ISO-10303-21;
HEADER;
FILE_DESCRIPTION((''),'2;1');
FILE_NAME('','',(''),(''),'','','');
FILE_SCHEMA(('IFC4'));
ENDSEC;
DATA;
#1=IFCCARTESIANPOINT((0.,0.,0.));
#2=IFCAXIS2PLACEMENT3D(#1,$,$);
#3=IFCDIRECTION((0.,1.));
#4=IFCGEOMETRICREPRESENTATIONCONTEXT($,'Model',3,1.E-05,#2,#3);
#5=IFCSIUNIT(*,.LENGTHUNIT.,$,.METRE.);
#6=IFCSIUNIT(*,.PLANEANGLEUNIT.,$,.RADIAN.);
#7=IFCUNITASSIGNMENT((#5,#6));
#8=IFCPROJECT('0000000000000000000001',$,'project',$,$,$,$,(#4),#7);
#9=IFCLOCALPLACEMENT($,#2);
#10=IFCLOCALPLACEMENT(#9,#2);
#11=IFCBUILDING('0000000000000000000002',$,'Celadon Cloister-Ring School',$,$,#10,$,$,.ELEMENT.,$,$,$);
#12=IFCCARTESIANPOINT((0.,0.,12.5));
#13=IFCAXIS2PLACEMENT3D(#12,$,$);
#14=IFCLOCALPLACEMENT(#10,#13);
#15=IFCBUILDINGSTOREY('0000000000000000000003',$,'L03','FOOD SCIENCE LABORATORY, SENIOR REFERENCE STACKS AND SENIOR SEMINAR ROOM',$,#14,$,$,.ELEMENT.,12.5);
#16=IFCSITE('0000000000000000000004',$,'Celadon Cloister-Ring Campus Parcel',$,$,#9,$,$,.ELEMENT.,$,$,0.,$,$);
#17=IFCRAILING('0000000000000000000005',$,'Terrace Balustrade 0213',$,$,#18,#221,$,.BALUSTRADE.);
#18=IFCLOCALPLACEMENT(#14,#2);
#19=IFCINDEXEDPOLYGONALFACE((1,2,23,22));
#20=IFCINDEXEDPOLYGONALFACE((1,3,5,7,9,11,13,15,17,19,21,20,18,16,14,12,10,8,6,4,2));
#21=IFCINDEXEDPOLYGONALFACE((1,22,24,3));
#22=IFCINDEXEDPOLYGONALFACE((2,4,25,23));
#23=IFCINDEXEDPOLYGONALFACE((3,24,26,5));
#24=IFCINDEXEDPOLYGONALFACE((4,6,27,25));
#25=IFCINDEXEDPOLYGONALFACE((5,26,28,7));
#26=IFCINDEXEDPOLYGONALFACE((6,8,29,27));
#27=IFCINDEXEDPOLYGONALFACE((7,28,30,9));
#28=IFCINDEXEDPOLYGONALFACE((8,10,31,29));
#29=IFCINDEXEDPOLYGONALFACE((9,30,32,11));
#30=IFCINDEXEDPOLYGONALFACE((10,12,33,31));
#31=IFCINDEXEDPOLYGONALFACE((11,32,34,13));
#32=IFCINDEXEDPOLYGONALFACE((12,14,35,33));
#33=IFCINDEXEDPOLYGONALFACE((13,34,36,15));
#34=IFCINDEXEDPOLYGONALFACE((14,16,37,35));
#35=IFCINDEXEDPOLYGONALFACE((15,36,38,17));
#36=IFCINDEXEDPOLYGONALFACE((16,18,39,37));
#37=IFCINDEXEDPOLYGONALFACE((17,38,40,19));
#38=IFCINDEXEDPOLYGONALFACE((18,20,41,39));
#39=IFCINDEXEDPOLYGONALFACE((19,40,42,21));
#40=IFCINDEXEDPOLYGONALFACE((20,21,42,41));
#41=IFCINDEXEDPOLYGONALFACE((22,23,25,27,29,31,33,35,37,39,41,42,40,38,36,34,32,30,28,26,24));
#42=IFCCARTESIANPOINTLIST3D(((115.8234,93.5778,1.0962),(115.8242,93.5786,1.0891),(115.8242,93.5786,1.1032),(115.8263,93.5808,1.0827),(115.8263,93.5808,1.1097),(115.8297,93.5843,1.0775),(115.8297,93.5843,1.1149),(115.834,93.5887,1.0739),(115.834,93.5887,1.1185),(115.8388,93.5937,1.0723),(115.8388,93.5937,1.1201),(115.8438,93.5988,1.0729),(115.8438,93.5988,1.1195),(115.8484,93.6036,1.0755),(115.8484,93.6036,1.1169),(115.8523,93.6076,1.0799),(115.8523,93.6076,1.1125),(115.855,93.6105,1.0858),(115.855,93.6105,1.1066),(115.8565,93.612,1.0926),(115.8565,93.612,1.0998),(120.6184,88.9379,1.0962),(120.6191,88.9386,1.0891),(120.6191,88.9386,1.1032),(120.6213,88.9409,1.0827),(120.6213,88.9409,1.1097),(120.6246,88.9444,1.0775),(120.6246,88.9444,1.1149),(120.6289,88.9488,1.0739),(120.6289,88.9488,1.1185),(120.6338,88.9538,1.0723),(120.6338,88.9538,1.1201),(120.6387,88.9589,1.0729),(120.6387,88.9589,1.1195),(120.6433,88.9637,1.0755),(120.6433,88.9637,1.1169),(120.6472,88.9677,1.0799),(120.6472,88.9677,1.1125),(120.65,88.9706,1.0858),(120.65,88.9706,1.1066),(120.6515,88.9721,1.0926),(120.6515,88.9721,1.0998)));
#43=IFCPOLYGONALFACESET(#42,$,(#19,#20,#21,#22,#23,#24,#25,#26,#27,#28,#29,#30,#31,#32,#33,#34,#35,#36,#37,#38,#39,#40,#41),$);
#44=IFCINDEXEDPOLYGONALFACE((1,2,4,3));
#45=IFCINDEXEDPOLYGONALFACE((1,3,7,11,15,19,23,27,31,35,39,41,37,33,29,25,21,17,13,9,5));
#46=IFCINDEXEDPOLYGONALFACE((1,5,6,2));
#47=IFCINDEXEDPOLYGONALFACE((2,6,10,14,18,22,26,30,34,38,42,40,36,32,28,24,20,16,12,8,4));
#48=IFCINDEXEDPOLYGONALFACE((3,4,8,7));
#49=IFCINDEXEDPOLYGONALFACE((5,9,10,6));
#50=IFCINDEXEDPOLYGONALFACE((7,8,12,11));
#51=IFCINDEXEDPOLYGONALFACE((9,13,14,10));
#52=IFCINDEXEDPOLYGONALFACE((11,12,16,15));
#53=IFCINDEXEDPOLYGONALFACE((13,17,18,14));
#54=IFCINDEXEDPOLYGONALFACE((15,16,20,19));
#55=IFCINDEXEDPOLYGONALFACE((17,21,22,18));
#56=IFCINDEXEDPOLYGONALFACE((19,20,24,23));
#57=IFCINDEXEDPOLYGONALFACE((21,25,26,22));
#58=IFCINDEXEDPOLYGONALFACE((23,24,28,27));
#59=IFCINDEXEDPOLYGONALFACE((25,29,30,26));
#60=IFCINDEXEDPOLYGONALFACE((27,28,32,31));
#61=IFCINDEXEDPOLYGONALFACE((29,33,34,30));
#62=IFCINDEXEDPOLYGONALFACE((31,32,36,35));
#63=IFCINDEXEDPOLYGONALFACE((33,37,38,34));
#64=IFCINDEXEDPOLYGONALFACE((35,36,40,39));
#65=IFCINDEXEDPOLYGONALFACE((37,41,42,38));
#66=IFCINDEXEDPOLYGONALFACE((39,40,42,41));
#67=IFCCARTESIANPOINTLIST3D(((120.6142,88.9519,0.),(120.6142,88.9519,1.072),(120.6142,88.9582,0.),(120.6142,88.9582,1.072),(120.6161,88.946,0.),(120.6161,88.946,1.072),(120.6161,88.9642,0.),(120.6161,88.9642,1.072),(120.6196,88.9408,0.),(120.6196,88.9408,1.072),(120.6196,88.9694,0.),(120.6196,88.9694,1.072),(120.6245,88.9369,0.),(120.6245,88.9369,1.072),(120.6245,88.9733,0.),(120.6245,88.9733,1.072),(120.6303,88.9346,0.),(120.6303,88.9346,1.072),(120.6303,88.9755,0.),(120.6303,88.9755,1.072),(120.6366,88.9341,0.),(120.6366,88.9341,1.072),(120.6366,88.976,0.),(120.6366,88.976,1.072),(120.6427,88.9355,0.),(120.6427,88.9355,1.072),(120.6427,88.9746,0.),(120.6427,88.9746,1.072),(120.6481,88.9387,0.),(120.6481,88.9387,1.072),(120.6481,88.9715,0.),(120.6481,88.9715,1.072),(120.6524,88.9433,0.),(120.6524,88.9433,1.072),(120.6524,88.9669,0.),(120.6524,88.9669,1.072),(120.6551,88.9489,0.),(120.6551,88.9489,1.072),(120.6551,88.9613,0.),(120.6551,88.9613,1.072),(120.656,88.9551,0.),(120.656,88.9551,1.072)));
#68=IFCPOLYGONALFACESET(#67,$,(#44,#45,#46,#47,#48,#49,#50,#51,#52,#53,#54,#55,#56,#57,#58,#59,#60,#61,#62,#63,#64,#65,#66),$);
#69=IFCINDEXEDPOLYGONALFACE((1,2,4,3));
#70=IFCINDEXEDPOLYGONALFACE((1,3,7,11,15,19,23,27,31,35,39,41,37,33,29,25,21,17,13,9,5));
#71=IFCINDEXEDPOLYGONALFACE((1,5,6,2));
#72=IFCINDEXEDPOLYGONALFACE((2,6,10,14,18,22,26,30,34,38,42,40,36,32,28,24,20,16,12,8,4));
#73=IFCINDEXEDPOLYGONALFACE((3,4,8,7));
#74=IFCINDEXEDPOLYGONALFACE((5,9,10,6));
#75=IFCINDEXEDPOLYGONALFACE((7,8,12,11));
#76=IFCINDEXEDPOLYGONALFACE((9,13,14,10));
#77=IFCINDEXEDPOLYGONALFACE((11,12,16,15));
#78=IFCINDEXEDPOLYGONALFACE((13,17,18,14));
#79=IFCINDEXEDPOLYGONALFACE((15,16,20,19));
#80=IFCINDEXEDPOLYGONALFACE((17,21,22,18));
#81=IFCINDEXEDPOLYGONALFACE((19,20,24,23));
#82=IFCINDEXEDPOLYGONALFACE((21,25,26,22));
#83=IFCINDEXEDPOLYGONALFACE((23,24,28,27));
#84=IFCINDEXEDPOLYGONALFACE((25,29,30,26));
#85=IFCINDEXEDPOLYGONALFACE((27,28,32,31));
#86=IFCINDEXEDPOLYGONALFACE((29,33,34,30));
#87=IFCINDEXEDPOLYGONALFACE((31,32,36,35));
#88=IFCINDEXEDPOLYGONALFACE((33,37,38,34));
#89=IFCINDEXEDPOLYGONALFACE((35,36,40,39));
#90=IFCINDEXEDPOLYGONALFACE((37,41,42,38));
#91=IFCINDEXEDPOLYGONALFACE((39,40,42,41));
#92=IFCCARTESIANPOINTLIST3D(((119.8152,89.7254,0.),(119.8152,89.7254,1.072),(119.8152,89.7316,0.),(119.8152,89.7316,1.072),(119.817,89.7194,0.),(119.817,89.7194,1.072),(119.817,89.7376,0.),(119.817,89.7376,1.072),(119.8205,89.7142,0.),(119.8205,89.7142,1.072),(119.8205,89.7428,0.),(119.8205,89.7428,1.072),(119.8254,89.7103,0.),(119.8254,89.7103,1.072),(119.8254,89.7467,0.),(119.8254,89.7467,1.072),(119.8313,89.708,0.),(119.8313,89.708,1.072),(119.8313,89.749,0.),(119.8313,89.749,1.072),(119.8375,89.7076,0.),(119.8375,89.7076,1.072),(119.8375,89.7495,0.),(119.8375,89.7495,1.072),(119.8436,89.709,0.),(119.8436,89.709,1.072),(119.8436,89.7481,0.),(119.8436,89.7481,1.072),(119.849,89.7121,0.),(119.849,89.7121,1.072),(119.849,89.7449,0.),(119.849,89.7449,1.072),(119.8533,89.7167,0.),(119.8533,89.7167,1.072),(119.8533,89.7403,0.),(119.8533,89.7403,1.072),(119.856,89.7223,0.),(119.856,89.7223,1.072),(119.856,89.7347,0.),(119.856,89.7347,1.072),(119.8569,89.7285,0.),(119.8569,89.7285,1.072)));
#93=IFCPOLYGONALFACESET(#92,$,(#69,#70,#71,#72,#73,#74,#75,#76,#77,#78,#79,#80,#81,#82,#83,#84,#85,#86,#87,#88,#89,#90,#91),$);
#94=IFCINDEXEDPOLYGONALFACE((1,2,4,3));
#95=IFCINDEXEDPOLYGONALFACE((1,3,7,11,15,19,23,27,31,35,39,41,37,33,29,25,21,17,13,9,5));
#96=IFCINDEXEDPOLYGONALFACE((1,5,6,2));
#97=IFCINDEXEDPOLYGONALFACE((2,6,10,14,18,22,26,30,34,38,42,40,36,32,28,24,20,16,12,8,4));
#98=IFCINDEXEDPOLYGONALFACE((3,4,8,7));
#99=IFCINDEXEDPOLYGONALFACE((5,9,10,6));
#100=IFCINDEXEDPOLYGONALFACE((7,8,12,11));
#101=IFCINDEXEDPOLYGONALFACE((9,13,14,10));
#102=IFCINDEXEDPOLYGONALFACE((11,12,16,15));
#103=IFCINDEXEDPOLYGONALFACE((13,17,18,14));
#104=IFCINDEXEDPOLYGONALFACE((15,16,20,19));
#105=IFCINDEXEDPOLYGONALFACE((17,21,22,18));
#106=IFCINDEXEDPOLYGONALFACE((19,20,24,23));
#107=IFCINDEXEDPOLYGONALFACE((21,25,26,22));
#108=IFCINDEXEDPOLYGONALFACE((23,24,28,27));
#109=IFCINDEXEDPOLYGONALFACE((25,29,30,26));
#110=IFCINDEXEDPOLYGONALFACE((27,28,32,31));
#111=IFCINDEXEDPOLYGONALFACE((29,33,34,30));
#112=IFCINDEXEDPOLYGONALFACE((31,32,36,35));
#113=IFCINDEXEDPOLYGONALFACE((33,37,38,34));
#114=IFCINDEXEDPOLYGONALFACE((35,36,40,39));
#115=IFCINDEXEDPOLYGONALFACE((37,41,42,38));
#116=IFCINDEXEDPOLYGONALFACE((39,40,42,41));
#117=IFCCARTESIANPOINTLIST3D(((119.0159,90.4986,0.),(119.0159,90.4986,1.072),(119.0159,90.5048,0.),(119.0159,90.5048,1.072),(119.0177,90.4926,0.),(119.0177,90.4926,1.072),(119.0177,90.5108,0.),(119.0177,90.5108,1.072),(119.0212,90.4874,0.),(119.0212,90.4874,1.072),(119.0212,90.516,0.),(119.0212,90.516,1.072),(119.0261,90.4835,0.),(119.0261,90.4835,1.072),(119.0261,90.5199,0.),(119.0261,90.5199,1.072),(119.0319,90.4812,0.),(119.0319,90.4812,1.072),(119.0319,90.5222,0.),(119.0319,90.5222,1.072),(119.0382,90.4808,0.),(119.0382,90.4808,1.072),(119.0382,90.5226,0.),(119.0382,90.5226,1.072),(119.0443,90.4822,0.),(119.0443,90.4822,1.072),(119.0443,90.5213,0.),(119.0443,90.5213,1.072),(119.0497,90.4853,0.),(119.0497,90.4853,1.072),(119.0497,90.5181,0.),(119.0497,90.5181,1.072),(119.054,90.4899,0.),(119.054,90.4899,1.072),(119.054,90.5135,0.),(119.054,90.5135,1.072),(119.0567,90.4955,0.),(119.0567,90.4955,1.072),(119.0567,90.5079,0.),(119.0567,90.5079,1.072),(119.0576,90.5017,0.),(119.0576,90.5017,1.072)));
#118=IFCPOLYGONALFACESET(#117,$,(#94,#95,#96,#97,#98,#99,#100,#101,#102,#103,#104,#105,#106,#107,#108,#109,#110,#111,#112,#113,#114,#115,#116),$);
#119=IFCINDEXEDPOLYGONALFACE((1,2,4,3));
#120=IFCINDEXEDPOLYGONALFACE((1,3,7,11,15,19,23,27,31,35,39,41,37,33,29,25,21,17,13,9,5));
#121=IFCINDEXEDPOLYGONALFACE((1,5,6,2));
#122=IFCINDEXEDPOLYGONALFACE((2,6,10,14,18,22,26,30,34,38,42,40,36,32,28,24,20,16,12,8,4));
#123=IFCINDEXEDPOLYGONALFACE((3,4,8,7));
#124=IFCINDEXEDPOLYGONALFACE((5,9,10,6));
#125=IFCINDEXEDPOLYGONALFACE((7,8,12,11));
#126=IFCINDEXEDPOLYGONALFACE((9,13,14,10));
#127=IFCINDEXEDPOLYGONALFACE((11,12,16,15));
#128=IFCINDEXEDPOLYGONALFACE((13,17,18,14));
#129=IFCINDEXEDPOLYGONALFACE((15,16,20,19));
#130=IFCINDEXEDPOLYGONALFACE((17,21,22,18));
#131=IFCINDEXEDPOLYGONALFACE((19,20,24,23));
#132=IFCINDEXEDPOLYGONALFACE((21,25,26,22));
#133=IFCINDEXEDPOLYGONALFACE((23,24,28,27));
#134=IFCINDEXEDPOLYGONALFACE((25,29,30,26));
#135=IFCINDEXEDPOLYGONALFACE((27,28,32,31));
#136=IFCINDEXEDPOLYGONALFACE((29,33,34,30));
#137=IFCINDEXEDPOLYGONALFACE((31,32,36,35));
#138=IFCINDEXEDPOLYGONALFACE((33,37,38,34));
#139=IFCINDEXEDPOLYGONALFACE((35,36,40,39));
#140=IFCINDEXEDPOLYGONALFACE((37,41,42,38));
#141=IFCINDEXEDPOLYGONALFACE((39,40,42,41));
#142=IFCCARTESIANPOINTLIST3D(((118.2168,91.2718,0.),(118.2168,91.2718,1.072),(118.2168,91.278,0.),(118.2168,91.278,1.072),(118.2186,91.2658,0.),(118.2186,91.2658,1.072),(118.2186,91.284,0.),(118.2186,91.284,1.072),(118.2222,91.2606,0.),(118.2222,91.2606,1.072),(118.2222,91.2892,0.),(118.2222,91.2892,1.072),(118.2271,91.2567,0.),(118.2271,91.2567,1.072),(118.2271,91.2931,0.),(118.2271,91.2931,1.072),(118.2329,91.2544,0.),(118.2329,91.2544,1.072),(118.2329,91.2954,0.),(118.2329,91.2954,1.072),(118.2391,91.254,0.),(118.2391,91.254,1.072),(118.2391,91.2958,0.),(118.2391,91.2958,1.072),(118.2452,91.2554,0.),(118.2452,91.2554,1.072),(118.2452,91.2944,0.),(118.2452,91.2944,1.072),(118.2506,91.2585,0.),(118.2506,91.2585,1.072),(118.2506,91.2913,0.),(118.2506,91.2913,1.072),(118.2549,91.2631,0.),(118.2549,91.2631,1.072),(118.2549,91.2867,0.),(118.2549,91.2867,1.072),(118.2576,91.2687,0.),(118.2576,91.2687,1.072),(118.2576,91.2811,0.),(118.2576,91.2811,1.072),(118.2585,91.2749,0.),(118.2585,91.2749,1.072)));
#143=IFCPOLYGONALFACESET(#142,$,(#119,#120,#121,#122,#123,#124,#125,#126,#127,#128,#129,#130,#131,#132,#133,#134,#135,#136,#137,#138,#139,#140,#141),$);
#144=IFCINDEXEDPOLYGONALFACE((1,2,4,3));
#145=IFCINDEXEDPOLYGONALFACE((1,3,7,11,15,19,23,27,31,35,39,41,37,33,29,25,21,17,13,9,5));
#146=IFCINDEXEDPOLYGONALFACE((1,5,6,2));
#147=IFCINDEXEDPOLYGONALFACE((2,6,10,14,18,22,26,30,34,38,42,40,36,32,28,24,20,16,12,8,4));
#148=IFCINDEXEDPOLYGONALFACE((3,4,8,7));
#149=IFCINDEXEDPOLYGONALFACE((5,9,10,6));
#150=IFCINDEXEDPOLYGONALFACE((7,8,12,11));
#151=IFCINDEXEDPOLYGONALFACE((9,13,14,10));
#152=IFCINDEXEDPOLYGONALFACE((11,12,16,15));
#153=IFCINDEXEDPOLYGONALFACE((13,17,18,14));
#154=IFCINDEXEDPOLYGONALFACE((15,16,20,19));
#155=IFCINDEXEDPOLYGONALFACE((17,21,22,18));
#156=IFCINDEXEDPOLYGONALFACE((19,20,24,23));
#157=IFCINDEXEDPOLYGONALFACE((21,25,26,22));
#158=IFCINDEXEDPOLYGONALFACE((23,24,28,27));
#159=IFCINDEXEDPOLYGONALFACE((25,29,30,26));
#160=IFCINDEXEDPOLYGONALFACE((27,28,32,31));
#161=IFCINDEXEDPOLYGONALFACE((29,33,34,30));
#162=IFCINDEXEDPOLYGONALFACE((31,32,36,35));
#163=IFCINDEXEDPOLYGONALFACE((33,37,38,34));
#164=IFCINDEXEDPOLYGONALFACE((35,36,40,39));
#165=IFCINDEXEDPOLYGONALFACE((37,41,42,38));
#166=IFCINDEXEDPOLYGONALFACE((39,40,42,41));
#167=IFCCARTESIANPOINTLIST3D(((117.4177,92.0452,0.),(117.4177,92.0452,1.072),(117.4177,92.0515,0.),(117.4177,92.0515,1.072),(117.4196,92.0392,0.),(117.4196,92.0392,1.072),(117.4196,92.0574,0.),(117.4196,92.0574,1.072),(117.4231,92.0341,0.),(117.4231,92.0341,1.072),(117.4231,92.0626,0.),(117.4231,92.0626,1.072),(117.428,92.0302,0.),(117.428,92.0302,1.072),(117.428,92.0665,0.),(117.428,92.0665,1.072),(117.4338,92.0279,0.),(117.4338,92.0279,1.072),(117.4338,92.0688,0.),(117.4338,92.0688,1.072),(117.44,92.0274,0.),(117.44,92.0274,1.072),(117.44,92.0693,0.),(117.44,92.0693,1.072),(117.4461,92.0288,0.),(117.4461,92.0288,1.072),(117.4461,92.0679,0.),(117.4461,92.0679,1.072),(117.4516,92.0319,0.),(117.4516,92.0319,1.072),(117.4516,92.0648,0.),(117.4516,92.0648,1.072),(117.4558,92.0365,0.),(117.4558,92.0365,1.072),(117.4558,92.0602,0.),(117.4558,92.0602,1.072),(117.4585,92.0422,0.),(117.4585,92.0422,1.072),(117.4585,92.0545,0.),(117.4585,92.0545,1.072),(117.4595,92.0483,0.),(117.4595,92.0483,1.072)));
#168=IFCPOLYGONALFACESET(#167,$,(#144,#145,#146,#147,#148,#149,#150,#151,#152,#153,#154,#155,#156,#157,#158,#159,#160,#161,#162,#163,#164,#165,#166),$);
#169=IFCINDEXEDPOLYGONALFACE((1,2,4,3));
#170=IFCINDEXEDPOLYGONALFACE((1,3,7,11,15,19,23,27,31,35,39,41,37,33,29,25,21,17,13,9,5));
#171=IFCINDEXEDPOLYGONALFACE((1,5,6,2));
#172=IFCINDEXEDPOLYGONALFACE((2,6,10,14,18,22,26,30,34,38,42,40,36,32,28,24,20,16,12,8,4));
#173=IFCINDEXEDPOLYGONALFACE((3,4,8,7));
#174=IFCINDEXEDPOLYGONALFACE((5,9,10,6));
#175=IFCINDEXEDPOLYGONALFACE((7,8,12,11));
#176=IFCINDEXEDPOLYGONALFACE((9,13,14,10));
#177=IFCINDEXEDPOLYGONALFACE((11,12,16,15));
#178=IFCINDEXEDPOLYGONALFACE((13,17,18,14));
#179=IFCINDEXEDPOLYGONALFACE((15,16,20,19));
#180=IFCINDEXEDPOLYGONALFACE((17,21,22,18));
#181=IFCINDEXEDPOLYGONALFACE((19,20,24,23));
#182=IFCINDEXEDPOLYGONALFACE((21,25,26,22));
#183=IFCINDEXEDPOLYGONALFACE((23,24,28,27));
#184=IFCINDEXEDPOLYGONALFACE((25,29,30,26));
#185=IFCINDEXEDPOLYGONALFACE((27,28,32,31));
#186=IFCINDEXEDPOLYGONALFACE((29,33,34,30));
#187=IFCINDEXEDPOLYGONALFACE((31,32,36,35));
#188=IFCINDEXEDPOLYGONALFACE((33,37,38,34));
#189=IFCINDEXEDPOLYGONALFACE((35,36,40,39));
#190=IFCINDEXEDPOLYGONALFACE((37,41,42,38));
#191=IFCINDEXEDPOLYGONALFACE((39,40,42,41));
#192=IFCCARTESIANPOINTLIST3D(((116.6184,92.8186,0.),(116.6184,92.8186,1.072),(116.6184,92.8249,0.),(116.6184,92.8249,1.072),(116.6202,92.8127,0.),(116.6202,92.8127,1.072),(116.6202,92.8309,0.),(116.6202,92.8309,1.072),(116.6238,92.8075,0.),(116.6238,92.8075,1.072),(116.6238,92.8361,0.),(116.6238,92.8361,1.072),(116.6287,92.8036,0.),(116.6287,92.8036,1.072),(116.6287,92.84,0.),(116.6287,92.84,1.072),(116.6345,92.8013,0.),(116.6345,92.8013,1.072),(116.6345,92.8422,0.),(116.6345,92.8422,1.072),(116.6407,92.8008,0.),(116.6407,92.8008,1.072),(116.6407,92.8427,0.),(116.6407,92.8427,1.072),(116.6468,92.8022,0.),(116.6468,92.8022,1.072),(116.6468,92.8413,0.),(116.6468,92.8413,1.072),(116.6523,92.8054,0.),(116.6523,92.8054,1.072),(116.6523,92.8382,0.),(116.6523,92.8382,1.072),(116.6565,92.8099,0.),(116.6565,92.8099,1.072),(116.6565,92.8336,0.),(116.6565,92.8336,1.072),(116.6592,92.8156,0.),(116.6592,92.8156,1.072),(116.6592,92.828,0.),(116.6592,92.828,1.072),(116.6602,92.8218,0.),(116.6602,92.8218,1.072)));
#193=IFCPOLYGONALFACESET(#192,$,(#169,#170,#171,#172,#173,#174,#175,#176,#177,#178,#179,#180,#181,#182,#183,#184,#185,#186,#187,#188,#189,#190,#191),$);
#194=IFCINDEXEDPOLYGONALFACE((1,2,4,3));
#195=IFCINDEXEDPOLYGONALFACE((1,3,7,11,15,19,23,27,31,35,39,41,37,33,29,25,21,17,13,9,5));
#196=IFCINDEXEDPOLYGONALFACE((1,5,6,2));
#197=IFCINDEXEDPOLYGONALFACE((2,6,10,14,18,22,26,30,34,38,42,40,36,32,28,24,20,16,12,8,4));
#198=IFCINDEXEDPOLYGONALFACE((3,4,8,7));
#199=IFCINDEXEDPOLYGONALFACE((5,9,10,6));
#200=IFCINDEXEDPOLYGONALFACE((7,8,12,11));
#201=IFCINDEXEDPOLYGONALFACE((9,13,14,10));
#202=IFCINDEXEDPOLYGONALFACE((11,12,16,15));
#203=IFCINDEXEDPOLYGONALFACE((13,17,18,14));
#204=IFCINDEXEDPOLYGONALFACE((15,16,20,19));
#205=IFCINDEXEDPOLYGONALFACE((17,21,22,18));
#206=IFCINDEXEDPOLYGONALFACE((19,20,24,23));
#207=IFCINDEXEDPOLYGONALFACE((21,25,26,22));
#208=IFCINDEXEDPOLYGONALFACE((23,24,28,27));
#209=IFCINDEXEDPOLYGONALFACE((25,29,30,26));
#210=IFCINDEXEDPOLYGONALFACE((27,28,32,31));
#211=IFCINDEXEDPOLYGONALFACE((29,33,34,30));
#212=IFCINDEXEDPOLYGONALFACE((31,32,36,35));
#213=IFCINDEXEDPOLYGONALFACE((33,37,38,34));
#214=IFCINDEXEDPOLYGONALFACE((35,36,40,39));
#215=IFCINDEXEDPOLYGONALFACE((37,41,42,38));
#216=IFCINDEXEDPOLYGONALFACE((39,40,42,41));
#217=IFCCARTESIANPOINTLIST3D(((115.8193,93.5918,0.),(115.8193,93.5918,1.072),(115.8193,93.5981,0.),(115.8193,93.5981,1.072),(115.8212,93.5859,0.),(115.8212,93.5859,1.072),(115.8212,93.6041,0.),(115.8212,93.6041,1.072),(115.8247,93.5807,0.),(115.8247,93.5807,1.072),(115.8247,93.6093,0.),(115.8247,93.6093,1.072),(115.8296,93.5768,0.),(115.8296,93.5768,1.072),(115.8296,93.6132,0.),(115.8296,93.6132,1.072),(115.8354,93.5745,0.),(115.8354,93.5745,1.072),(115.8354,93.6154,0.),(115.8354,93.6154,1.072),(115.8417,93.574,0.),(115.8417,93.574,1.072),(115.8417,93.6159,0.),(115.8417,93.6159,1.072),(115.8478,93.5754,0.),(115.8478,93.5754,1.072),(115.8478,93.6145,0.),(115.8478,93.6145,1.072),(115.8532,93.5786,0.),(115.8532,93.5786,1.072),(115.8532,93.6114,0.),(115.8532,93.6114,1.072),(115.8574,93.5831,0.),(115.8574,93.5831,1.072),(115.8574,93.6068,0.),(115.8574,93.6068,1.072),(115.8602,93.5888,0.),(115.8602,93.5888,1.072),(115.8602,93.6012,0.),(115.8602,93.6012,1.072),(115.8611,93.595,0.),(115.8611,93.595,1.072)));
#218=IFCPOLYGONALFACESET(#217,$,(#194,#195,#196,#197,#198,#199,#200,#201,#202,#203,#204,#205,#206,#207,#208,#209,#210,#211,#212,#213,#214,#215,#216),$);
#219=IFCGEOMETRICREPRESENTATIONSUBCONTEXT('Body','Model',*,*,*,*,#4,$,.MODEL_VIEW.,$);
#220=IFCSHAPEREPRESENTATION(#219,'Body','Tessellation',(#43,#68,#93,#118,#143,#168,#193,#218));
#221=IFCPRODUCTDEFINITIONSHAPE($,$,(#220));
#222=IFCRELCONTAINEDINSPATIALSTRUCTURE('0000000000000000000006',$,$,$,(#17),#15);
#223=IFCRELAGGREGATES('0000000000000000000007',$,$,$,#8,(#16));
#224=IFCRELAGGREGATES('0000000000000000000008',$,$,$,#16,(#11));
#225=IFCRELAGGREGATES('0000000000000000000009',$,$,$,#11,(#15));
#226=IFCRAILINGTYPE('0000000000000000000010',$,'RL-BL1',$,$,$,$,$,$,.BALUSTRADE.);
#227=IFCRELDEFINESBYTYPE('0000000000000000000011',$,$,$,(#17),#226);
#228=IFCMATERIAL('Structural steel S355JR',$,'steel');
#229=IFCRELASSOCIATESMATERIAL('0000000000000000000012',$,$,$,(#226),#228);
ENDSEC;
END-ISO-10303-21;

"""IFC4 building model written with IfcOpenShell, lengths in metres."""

from ifc_helpers import new_model, si_unit, direction, frame, origin, origin_2d, place, context, subcontext, project, spatial, circle, extrude, material, type_object, element, save


model = new_model("IFC4")

# Units and contexts
model_context = context("Model", 3, precision=1e-05, world=origin(), true_north=direction((0.0, 1.0)))
body_context = subcontext(model_context, "Body", "Model", "MODEL_VIEW")
ifc_project = project(units=[si_unit("LENGTHUNIT", "METRE"), si_unit("PLANEANGLEUNIT", "RADIAN")], contexts=[model_context])

# Site, building, storey
site_placement = place(None, origin())
site = spatial("IfcSite", under=ifc_project, at=site_placement, Name="Celadon Cloister-Ring Campus Parcel", CompositionType="ELEMENT", RefElevation=0.0)
building_placement = place(site_placement, origin())
building = spatial("IfcBuilding", under=site, at=building_placement, Name="Celadon Cloister-Ring School", CompositionType="ELEMENT")
storey_placement = place(building_placement, frame((0.0, 0.0, 12.5)))
storey = spatial("IfcBuildingStorey", under=building, at=storey_placement, Name="L03", Description="FOOD SCIENCE LABORATORY, SENIOR REFERENCE STACKS AND SENIOR SEMINAR ROOM", CompositionType="ELEMENT", Elevation=12.5)

# Railing
ifc_material_1 = material(Name="Structural steel S355JR", Category="steel")
railing_type = type_object("IfcRailingType", Name="RL-BL1", PredefinedType="BALUSTRADE", material=ifc_material_1)
railing_placement = place(storey_placement, frame((120.635, 88.9551, 0.0)))
element("IfcRailing", 1, at=railing_placement, inside=storey, type_object=railing_type, Name="Terrace Balustrade 0213", PredefinedType="BALUSTRADE", context=body_context, shape_type="SweptSolid", body=[
    extrude(circle(Radius=0.0239, at=origin_2d()), frame((0.0, 0.0, 1.0962), z_axis=(-0.718629, 0.695394, 0.0), x_axis=(-0.695394, -0.718629, 0.0)), (0.0, 0.0, 1.0), 6.6724),
    extrude(circle(Radius=0.021, at=origin_2d()), origin(), (0.0, 0.0, 1.0), 1.072),
    extrude(circle(Radius=0.021, at=origin_2d()), frame((-0.7991, 0.7734, 0.0)), (0.0, 0.0, 1.0), 1.072),
    extrude(circle(Radius=0.021, at=origin_2d()), frame((-1.5984, 1.5466, 0.0)), (0.0, 0.0, 1.0), 1.072),
    extrude(circle(Radius=0.021, at=origin_2d()), frame((-2.3975, 2.3198, 0.0)), (0.0, 0.0, 1.0), 1.072),
    extrude(circle(Radius=0.021, at=origin_2d()), frame((-3.1965, 3.0933, 0.0)), (0.0, 0.0, 1.0), 1.072),
    extrude(circle(Radius=0.021, at=origin_2d()), frame((-3.9958, 3.8667, 0.0)), (0.0, 0.0, 1.0), 1.072),
    extrude(circle(Radius=0.021, at=origin_2d()), frame((-4.7949, 4.6399, 0.0)), (0.0, 0.0, 1.0), 1.072),
])

save(model, "model.ifc")
